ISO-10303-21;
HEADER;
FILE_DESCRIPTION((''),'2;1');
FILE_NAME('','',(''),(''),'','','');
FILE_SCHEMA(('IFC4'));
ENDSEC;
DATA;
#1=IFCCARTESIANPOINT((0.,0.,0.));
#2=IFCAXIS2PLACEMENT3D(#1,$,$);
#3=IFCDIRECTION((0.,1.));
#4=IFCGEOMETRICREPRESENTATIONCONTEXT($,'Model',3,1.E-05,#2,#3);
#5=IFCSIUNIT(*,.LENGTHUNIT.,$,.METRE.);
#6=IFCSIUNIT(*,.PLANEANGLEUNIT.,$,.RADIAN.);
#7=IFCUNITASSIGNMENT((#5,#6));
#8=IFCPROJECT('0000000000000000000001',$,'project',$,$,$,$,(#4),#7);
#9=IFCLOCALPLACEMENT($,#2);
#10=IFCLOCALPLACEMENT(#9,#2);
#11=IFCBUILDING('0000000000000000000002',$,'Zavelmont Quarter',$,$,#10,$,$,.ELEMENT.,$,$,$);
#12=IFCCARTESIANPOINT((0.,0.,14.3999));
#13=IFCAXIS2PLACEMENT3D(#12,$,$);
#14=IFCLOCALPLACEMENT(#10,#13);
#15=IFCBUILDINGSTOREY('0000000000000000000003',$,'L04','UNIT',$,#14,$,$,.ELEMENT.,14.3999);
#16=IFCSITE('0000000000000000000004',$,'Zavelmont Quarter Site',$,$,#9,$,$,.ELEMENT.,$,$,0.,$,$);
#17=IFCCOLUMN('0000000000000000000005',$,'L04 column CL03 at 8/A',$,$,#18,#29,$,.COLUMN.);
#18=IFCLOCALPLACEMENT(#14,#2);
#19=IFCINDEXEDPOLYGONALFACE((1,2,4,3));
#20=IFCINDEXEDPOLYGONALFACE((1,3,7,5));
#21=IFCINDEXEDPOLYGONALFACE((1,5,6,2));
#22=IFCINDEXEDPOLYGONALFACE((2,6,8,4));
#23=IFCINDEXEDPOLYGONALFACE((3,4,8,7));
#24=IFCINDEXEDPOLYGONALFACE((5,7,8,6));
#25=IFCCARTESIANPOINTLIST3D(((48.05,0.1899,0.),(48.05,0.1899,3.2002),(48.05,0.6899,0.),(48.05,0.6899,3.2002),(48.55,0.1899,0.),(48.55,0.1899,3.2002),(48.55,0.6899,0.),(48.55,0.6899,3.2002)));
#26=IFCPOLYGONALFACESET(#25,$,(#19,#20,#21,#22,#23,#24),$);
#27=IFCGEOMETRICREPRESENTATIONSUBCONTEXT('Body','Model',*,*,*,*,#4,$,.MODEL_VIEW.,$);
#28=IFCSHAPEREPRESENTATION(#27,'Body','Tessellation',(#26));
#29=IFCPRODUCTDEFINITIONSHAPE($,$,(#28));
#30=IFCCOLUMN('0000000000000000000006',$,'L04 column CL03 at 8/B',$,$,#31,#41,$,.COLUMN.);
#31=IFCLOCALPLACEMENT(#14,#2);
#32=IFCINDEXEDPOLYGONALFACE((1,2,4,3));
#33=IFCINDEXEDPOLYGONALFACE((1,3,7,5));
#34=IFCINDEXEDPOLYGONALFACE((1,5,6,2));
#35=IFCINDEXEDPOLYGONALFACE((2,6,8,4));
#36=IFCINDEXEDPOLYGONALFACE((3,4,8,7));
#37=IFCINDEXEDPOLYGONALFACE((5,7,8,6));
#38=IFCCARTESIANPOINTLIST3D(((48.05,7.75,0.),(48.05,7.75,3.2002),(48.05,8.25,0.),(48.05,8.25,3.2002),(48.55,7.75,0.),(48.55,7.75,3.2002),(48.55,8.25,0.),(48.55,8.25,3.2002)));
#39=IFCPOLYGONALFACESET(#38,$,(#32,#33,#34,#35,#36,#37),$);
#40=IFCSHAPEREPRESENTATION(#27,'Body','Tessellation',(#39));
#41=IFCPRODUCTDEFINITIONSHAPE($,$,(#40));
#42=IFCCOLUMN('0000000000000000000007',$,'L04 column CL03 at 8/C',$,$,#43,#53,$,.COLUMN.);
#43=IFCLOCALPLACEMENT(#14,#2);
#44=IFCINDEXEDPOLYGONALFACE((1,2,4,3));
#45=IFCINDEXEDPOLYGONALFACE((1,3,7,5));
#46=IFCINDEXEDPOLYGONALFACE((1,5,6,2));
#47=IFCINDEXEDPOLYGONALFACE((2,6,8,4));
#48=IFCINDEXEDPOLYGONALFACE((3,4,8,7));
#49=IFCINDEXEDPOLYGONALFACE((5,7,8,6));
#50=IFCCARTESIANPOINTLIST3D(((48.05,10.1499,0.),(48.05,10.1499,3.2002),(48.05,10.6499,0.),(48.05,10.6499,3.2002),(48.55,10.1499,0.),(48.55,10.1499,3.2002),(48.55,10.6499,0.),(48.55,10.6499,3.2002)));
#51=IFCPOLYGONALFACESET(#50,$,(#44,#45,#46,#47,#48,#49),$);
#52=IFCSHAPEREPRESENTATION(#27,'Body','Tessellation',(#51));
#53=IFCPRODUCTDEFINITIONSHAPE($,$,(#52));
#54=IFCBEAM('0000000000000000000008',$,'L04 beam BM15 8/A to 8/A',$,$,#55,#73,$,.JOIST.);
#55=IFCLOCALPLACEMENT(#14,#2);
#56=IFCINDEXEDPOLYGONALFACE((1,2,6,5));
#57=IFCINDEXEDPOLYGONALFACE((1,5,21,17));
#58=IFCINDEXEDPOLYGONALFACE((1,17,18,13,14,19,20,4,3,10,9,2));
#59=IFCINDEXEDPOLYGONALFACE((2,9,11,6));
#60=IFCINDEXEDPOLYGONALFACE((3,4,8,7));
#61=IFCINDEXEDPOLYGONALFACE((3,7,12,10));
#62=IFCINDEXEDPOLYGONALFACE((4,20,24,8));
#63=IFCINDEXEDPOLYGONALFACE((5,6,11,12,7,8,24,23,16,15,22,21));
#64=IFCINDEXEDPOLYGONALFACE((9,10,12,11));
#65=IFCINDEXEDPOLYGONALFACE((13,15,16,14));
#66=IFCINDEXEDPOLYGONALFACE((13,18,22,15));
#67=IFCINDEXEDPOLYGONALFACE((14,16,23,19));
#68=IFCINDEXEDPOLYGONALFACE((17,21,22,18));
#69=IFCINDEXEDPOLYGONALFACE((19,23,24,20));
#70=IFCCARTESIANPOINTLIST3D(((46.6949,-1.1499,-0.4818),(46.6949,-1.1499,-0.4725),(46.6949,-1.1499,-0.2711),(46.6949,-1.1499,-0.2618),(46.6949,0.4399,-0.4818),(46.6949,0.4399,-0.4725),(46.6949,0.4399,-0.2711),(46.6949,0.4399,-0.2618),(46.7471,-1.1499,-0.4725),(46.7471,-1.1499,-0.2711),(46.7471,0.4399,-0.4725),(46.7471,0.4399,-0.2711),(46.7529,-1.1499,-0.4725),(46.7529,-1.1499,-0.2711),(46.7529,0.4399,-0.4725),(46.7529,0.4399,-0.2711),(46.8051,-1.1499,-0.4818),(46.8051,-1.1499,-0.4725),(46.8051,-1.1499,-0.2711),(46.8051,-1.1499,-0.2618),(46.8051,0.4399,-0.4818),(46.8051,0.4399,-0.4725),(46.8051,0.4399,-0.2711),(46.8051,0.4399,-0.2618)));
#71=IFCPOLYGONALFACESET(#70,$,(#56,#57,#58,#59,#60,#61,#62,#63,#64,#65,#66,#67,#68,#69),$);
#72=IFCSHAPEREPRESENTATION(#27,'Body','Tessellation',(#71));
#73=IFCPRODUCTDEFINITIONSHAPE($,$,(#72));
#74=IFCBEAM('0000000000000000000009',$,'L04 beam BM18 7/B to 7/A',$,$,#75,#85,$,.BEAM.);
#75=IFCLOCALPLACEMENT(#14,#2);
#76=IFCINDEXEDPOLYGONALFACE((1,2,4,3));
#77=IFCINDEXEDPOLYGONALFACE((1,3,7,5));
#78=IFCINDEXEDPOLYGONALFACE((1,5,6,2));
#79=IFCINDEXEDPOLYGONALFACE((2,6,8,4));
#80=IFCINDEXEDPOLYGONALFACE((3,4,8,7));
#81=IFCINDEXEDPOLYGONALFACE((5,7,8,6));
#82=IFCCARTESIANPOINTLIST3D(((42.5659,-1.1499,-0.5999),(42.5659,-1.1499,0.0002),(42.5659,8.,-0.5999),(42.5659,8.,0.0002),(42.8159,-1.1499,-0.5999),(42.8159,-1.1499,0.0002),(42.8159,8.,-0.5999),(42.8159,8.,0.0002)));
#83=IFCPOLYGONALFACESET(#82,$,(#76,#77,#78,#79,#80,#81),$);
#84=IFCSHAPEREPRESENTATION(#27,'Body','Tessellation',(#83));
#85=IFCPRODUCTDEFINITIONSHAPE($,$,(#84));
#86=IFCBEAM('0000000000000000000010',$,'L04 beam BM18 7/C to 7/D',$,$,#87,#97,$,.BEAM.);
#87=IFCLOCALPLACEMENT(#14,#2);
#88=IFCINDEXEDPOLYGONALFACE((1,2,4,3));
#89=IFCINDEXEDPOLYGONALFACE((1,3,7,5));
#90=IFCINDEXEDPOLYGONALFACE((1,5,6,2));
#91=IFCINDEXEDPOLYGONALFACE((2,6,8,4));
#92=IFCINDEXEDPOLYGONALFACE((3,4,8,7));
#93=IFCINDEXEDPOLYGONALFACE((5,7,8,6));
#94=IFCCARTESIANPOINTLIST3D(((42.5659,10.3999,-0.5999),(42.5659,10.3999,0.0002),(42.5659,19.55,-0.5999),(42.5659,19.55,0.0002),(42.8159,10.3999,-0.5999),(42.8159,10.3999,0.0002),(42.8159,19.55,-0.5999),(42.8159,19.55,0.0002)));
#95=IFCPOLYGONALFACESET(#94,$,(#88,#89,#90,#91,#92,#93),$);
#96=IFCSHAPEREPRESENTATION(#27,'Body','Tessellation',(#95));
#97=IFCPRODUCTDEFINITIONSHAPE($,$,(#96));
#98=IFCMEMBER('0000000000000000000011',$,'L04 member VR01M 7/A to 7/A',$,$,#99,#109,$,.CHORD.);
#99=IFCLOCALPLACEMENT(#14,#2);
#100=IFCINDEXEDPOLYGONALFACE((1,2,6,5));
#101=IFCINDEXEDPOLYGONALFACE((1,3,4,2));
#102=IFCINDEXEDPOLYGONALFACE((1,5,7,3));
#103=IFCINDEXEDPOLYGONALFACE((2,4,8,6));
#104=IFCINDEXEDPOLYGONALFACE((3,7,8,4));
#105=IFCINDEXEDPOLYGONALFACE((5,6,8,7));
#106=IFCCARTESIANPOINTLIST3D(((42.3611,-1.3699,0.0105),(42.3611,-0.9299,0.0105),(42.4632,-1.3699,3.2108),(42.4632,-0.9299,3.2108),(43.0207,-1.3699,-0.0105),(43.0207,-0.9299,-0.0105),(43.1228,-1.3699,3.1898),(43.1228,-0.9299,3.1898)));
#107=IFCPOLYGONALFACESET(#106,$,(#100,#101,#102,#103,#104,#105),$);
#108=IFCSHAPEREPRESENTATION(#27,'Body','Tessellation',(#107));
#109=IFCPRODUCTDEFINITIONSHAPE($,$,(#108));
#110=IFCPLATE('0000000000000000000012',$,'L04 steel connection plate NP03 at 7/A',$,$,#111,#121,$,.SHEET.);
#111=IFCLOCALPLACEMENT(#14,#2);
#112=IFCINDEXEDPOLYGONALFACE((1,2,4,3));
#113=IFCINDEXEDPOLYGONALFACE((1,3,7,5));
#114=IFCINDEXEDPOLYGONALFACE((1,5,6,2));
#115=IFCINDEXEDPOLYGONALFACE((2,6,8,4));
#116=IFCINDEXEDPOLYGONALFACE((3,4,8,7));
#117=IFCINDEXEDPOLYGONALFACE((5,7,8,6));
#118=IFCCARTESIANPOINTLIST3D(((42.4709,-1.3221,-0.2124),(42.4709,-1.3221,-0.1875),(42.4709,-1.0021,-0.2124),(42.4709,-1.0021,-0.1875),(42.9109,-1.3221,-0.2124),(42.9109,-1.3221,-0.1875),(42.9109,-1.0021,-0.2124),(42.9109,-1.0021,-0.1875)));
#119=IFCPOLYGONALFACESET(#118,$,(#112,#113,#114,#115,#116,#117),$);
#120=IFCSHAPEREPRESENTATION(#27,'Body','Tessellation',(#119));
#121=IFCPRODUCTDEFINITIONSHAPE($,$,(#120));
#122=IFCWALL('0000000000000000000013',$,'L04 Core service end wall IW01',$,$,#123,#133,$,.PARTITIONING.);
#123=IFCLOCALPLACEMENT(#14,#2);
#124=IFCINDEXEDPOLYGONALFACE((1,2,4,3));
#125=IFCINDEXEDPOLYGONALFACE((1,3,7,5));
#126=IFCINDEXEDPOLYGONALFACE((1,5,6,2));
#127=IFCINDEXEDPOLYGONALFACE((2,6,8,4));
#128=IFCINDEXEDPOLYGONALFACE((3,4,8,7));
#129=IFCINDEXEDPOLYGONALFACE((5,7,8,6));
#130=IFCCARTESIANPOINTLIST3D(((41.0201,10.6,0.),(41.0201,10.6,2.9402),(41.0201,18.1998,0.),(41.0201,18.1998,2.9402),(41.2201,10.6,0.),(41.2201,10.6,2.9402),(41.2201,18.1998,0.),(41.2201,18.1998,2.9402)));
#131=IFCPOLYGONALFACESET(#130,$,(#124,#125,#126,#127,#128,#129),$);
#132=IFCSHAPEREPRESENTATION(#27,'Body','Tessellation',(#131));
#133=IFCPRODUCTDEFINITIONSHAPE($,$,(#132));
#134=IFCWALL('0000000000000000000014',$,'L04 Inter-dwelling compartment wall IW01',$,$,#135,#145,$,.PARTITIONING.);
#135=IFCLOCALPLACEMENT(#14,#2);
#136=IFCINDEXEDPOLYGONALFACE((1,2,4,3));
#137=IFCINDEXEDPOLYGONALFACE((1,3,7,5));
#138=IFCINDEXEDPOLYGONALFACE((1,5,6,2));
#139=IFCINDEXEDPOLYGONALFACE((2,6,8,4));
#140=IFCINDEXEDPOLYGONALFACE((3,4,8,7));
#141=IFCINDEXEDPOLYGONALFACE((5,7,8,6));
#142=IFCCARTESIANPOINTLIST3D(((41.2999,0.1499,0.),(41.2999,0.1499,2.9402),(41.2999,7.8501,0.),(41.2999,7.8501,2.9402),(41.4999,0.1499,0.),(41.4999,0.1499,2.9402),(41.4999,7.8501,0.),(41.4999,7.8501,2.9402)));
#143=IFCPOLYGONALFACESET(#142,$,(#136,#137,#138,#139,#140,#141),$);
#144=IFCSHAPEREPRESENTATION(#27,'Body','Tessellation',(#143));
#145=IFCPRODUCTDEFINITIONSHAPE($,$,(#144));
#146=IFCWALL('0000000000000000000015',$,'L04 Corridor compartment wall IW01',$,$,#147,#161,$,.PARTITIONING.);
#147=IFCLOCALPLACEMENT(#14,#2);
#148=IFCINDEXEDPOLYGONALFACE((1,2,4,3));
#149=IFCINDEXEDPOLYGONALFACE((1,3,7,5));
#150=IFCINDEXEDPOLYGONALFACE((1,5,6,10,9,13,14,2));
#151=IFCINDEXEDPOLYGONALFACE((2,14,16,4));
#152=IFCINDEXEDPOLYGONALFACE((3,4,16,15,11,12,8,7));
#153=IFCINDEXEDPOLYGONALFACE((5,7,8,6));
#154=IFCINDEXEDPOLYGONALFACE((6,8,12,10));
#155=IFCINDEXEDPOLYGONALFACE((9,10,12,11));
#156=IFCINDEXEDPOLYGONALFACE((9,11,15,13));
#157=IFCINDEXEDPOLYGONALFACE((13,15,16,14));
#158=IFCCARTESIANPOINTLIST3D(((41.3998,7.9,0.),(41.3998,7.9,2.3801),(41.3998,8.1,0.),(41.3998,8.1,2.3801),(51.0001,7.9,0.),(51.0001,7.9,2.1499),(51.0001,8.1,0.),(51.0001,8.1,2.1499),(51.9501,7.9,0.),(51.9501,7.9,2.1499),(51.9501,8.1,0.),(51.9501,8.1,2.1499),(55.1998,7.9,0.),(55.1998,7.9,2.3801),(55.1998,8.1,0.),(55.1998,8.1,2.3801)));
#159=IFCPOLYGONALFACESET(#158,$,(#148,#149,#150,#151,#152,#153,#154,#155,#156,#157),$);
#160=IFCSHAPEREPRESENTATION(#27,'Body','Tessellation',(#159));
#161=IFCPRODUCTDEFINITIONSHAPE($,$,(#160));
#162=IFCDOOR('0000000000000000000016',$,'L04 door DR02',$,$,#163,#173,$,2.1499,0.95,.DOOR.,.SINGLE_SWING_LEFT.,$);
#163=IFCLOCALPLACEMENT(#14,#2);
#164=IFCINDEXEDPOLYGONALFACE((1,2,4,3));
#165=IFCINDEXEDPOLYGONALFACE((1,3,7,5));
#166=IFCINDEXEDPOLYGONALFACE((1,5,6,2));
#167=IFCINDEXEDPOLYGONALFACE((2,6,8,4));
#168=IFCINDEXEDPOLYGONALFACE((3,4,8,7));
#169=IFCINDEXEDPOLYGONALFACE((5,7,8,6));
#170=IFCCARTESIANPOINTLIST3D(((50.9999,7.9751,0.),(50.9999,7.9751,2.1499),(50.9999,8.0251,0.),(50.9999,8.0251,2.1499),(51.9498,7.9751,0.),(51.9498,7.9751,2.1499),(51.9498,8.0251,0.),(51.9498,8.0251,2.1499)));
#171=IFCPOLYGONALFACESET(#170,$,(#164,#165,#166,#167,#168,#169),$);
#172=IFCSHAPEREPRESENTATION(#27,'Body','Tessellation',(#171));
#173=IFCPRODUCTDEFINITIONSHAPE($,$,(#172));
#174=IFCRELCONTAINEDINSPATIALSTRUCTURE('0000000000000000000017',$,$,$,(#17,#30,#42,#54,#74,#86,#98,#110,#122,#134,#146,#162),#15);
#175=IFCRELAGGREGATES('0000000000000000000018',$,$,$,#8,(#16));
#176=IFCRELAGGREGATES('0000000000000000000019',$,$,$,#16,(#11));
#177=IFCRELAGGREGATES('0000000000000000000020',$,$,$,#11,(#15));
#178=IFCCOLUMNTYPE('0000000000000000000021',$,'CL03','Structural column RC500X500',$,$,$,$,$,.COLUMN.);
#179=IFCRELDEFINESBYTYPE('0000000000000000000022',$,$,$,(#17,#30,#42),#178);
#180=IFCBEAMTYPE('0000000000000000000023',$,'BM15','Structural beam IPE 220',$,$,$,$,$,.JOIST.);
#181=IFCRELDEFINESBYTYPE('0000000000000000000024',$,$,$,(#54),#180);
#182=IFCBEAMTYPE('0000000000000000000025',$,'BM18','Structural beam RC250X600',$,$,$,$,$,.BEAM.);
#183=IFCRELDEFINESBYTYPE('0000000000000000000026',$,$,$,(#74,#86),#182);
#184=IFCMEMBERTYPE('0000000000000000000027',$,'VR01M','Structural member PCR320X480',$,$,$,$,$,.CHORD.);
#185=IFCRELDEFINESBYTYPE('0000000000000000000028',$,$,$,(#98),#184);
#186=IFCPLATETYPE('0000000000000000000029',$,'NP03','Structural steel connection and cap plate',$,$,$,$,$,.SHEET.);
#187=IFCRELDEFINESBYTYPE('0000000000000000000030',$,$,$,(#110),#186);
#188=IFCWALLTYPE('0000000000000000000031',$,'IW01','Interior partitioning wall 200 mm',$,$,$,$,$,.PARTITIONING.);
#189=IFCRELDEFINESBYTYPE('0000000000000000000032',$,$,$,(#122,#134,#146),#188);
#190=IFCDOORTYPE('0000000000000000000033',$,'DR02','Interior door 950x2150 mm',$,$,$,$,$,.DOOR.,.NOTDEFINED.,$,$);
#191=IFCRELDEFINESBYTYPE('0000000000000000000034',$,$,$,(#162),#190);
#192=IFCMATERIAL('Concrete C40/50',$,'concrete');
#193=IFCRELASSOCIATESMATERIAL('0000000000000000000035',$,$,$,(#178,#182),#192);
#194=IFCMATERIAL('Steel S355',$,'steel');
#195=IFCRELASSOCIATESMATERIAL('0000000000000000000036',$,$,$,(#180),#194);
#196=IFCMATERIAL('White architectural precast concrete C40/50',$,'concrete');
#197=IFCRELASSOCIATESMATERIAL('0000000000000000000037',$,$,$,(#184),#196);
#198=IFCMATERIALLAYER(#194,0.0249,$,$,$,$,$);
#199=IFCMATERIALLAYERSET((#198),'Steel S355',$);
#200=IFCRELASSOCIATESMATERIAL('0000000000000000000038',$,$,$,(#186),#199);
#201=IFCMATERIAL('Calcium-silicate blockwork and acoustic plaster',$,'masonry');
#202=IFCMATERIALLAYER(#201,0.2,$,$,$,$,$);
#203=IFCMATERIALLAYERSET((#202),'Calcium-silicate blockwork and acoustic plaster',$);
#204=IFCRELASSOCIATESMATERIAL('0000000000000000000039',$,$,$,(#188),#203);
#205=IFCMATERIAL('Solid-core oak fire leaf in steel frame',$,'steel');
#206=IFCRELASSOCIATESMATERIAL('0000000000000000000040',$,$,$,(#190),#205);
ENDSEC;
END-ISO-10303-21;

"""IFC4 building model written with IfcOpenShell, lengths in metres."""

from ifc_helpers import new_model, si_unit, direction, frame, frame_2d, origin, origin_2d, place, context, subcontext, project, spatial, rectangle, i_section, extrude, material, layer, layer_set, material_profile, profile_set, type_object, element, fill, save


model = new_model("IFC4")

# Units and contexts
model_context = context("Model", 3, precision=1e-05, world=origin(), true_north=direction((0.0, 1.0)))
body_context = subcontext(model_context, "Body", "Model", "MODEL_VIEW")
ifc_project = project(units=[si_unit("LENGTHUNIT", "METRE"), si_unit("PLANEANGLEUNIT", "RADIAN")], contexts=[model_context])

# Site, building, storey
site_placement = place(None, origin())
site = spatial("IfcSite", under=ifc_project, at=site_placement, Name="Zavelmont Quarter Site", CompositionType="ELEMENT", RefElevation=0.0)
building_placement = place(site_placement, origin())
building = spatial("IfcBuilding", under=site, at=building_placement, Name="Zavelmont Quarter", CompositionType="ELEMENT")
storey_placement = place(building_placement, frame((0.0, 0.0, 14.3999)))
storey = spatial("IfcBuildingStorey", under=building, at=storey_placement, Name="L04", Description="UNIT", CompositionType="ELEMENT", Elevation=14.3999)

# Columns
ifc_material_1 = material(Name="Concrete C40/50", Category="concrete")
ifc_material_profile_1 = material_profile(ifc_material_1, rectangle(XDim=0.5, YDim=0.5, at=origin_2d()), Name="RC500X500")
ifc_profile_set_1 = profile_set([ifc_material_profile_1], Name="Concrete C40/50")
column_type = type_object("IfcColumnType", Name="CL03", Description="Structural column RC500X500", PredefinedType="COLUMN", material=ifc_profile_set_1)
for number, where, z_axis, x_axis, name in (
    (1, (48.3, 0.4399, 0.0), (0.0, 0.0, 1.0), (1.0, 0.0, 0.0), "L04 column CL03 at 8/A"),
    (2, (48.3, 8.0, 0.0), (0.0, 0.0, 1.0), (1.0, 0.0, 0.0), "L04 column CL03 at 8/B"),
    (3, (48.3, 10.3999, 0.0), (0.0, 0.0, 1.0), (1.0, 0.0, 0.0), "L04 column CL03 at 8/C"),
):
    element("IfcColumn", number, at=place(storey_placement, frame(where, z_axis=z_axis, x_axis=x_axis)), inside=storey, type_object=column_type, Name=name, PredefinedType="COLUMN", context=body_context, shape_type="SweptSolid", body=[
        extrude(rectangle(XDim=0.5, YDim=0.5, at=origin_2d()), origin(), (0.0, 0.0, 1.0), 3.2002),
    ])

# Beams
ifc_material_2 = material(Name="Steel S355", Category="steel")
ifc_material_profile_2 = material_profile(ifc_material_2, i_section(OverallWidth=0.1101, OverallDepth=0.22, WebThickness=0.0059, FlangeThickness=0.0093, at=origin_2d()), Name="IPE 220")
ifc_profile_set_2 = profile_set([ifc_material_profile_2], Name="Steel S355")
beam_type_1 = type_object("IfcBeamType", Name="BM15", Description="Structural beam IPE 220", PredefinedType="JOIST", material=ifc_profile_set_2)
beam_1_placement = place(storey_placement, frame((46.75, 0.4399, -0.3718), z_axis=(0.0, -1.0, 0.0), x_axis=(1.0, 0.0, 0.0)))
element("IfcBeam", 4, at=beam_1_placement, inside=storey, type_object=beam_type_1, Name="L04 beam BM15 8/A to 8/A", PredefinedType="JOIST", context=body_context, shape_type="SweptSolid", body=[
    extrude(i_section(OverallWidth=0.1101, OverallDepth=0.22, WebThickness=0.0059, FlangeThickness=0.0093, at=origin_2d()), origin(), (0.0, 0.0, 1.0), 1.5898),
])
ifc_material_profile_3 = material_profile(ifc_material_1, rectangle(XDim=0.25, YDim=0.6001, at=origin_2d()), Name="RC250X600")
ifc_profile_set_3 = profile_set([ifc_material_profile_3], Name="Concrete C40/50")
beam_type_2 = type_object("IfcBeamType", Name="BM18", Description="Structural beam RC250X600", PredefinedType="BEAM", material=ifc_profile_set_3)
beam_2_placement = place(storey_placement, frame((42.6909, 8.0, -0.2998), z_axis=(0.0, -1.0, 0.0), x_axis=(1.0, 0.0, 0.0)))
element("IfcBeam", 5, at=beam_2_placement, inside=storey, type_object=beam_type_2, Name="L04 beam BM18 7/B to 7/A", PredefinedType="BEAM", context=body_context, shape_type="SweptSolid", body=[
    extrude(rectangle(XDim=0.25, YDim=0.6001, at=origin_2d()), origin(), (0.0, 0.0, 1.0), 9.1499),
])
beam_3_placement = place(storey_placement, frame((42.6909, 10.3999, -0.2998), z_axis=(0.0, 1.0, 0.0), x_axis=(-1.0, 0.0, 0.0)))
element("IfcBeam", 6, at=beam_3_placement, inside=storey, type_object=beam_type_2, Name="L04 beam BM18 7/C to 7/D", PredefinedType="BEAM", context=body_context, shape_type="SweptSolid", body=[
    extrude(rectangle(XDim=0.25, YDim=0.6001, at=origin_2d()), origin(), (0.0, 0.0, 1.0), 9.1501),
])

# Member
ifc_material_3 = material(Name="White architectural precast concrete C40/50", Category="concrete")
ifc_material_profile_4 = material_profile(ifc_material_3, rectangle(XDim=0.4399, YDim=0.6599, at=origin_2d()), Name="PCR320X480")
ifc_profile_set_4 = profile_set([ifc_material_profile_4], Name="White architectural precast concrete C40/50")
member_type = type_object("IfcMemberType", Name="VR01M", Description="Structural member PCR320X480", PredefinedType="CHORD", material=ifc_profile_set_4)
member_placement = place(storey_placement, frame((42.6909, -1.1499, 0.0), z_axis=(0.031873, 0.0, 0.999492), x_axis=(0.0, 1.0, 0.0)))
element("IfcMember", 7, at=member_placement, inside=storey, type_object=member_type, Name="L04 member VR01M 7/A to 7/A", PredefinedType="CHORD", context=body_context, shape_type="SweptSolid", body=[
    extrude(rectangle(XDim=0.4399, YDim=0.6599, at=origin_2d()), origin(), (0.0, 0.0, 1.0), 3.2019),
])

# Plate
ifc_layer_1 = layer(ifc_material_2, 0.0249)
ifc_layer_set_1 = layer_set([ifc_layer_1], Name="Steel S355")
plate_type = type_object("IfcPlateType", Name="NP03", Description="Structural steel connection and cap plate", PredefinedType="SHEET", material=ifc_layer_set_1)
plate_placement = place(storey_placement, frame((42.6909, -1.1621, -0.2124), z_axis=(0.0, 0.0, 1.0), x_axis=(1.0, 0.0, 0.0)))
element("IfcPlate", 8, at=plate_placement, inside=storey, type_object=plate_type, Name="L04 steel connection plate NP03 at 7/A", PredefinedType="SHEET", context=body_context, shape_type="SweptSolid", body=[
    extrude(rectangle(XDim=0.4399, YDim=0.3201, at=origin_2d()), origin(), (0.0, 0.0, 1.0), 0.0249),
])

# Walls
ifc_material_4 = material(Name="Calcium-silicate blockwork and acoustic plaster", Category="masonry")
ifc_layer_2 = layer(ifc_material_4, 0.2)
ifc_layer_set_2 = layer_set([ifc_layer_2], Name="Calcium-silicate blockwork and acoustic plaster")
wall_type_1 = type_object("IfcWallType", Name="IW01", Description="Interior partitioning wall 200 mm", PredefinedType="PARTITIONING", material=ifc_layer_set_2)
wall_1_placement = place(storey_placement, frame((41.1201, 10.6001, 0.0), z_axis=(0.0, 0.0, 1.0), x_axis=(0.0, 1.0, 0.0)))
element("IfcWall", 9, at=wall_1_placement, inside=storey, type_object=wall_type_1, Name="L04 Core service end wall IW01", PredefinedType="PARTITIONING", context=body_context, shape_type="SweptSolid", body=[
    extrude(rectangle(XDim=7.5999, YDim=0.2, at=frame_2d((3.7998, 0.0))), origin(), (0.0, 0.0, 1.0), 2.9402),
])
wall_2_placement = place(storey_placement, frame((41.3999, 7.8501, 0.0), z_axis=(0.0, 0.0, 1.0), x_axis=(0.0, -1.0, 0.0)))
element("IfcWall", 10, at=wall_2_placement, inside=storey, type_object=wall_type_1, Name="L04 Inter-dwelling compartment wall IW01", PredefinedType="PARTITIONING", context=body_context, shape_type="SweptSolid", body=[
    extrude(rectangle(XDim=7.7002, YDim=0.2, at=frame_2d((3.8501, 0.0))), origin(), (0.0, 0.0, 1.0), 2.9402),
])

# Wall, opening, door
wall_3_placement = place(storey_placement, frame((41.3999, 8.0, 0.0), z_axis=(0.0, 0.0, 1.0), x_axis=(1.0, 0.0, 0.0)))
wall_3 = element("IfcWall", 11, at=wall_3_placement, inside=storey, type_object=wall_type_1, Name="L04 Corridor compartment wall IW01", PredefinedType="PARTITIONING", context=body_context, shape_type="SweptSolid", body=[
    extrude(rectangle(XDim=13.8, YDim=0.2, at=frame_2d((6.8999, 0.0))), origin(), (0.0, 0.0, 1.0), 2.3801),
])
opening_1_placement = place(wall_3_placement, frame((9.6001, 0.0, 0.0)))
opening_1 = element("IfcOpeningElement", 12, at=opening_1_placement, cuts=wall_3, PredefinedType="OPENING", context=body_context, shape_type="SweptSolid", body=[
    extrude(rectangle(XDim=0.95, YDim=2.1499, at=frame_2d((0.4751, 1.075))), frame((0.0, 0.1118, 0.0), z_axis=(0.0, -1.0, 0.0), x_axis=(1.0, 0.0, 0.0)), (0.0, 0.0, 1.0), 0.2239),
])
ifc_material_5 = material(Name="Solid-core oak fire leaf in steel frame", Category="steel")
door_type_1 = type_object("IfcDoorType", Name="DR02", Description="Interior door 950x2150 mm", OperationType="NOTDEFINED", PredefinedType="DOOR", material=ifc_material_5)
door_1_placement = place(opening_1_placement, frame((0.95, 0.0, 0.0), z_axis=(0.0, 0.0, 1.0), x_axis=(-1.0, 0.0, 0.0)))
door_1 = element("IfcDoor", 13, at=door_1_placement, inside=storey, type_object=door_type_1, Name="L04 door DR02", OperationType="SINGLE_SWING_LEFT", OverallHeight=2.1499, OverallWidth=0.95, PredefinedType="DOOR", context=body_context, shape_type="SweptSolid", body=[
    extrude(rectangle(XDim=0.95, YDim=2.1499, at=frame_2d((0.4751, 1.075))), frame((0.0, 0.0249, 0.0), z_axis=(0.0, -1.0, 0.0), x_axis=(1.0, 0.0, 0.0)), (0.0, 0.0, 1.0), 0.05),
])
fill(opening_1, door_1)

save(model, "model.ifc")
